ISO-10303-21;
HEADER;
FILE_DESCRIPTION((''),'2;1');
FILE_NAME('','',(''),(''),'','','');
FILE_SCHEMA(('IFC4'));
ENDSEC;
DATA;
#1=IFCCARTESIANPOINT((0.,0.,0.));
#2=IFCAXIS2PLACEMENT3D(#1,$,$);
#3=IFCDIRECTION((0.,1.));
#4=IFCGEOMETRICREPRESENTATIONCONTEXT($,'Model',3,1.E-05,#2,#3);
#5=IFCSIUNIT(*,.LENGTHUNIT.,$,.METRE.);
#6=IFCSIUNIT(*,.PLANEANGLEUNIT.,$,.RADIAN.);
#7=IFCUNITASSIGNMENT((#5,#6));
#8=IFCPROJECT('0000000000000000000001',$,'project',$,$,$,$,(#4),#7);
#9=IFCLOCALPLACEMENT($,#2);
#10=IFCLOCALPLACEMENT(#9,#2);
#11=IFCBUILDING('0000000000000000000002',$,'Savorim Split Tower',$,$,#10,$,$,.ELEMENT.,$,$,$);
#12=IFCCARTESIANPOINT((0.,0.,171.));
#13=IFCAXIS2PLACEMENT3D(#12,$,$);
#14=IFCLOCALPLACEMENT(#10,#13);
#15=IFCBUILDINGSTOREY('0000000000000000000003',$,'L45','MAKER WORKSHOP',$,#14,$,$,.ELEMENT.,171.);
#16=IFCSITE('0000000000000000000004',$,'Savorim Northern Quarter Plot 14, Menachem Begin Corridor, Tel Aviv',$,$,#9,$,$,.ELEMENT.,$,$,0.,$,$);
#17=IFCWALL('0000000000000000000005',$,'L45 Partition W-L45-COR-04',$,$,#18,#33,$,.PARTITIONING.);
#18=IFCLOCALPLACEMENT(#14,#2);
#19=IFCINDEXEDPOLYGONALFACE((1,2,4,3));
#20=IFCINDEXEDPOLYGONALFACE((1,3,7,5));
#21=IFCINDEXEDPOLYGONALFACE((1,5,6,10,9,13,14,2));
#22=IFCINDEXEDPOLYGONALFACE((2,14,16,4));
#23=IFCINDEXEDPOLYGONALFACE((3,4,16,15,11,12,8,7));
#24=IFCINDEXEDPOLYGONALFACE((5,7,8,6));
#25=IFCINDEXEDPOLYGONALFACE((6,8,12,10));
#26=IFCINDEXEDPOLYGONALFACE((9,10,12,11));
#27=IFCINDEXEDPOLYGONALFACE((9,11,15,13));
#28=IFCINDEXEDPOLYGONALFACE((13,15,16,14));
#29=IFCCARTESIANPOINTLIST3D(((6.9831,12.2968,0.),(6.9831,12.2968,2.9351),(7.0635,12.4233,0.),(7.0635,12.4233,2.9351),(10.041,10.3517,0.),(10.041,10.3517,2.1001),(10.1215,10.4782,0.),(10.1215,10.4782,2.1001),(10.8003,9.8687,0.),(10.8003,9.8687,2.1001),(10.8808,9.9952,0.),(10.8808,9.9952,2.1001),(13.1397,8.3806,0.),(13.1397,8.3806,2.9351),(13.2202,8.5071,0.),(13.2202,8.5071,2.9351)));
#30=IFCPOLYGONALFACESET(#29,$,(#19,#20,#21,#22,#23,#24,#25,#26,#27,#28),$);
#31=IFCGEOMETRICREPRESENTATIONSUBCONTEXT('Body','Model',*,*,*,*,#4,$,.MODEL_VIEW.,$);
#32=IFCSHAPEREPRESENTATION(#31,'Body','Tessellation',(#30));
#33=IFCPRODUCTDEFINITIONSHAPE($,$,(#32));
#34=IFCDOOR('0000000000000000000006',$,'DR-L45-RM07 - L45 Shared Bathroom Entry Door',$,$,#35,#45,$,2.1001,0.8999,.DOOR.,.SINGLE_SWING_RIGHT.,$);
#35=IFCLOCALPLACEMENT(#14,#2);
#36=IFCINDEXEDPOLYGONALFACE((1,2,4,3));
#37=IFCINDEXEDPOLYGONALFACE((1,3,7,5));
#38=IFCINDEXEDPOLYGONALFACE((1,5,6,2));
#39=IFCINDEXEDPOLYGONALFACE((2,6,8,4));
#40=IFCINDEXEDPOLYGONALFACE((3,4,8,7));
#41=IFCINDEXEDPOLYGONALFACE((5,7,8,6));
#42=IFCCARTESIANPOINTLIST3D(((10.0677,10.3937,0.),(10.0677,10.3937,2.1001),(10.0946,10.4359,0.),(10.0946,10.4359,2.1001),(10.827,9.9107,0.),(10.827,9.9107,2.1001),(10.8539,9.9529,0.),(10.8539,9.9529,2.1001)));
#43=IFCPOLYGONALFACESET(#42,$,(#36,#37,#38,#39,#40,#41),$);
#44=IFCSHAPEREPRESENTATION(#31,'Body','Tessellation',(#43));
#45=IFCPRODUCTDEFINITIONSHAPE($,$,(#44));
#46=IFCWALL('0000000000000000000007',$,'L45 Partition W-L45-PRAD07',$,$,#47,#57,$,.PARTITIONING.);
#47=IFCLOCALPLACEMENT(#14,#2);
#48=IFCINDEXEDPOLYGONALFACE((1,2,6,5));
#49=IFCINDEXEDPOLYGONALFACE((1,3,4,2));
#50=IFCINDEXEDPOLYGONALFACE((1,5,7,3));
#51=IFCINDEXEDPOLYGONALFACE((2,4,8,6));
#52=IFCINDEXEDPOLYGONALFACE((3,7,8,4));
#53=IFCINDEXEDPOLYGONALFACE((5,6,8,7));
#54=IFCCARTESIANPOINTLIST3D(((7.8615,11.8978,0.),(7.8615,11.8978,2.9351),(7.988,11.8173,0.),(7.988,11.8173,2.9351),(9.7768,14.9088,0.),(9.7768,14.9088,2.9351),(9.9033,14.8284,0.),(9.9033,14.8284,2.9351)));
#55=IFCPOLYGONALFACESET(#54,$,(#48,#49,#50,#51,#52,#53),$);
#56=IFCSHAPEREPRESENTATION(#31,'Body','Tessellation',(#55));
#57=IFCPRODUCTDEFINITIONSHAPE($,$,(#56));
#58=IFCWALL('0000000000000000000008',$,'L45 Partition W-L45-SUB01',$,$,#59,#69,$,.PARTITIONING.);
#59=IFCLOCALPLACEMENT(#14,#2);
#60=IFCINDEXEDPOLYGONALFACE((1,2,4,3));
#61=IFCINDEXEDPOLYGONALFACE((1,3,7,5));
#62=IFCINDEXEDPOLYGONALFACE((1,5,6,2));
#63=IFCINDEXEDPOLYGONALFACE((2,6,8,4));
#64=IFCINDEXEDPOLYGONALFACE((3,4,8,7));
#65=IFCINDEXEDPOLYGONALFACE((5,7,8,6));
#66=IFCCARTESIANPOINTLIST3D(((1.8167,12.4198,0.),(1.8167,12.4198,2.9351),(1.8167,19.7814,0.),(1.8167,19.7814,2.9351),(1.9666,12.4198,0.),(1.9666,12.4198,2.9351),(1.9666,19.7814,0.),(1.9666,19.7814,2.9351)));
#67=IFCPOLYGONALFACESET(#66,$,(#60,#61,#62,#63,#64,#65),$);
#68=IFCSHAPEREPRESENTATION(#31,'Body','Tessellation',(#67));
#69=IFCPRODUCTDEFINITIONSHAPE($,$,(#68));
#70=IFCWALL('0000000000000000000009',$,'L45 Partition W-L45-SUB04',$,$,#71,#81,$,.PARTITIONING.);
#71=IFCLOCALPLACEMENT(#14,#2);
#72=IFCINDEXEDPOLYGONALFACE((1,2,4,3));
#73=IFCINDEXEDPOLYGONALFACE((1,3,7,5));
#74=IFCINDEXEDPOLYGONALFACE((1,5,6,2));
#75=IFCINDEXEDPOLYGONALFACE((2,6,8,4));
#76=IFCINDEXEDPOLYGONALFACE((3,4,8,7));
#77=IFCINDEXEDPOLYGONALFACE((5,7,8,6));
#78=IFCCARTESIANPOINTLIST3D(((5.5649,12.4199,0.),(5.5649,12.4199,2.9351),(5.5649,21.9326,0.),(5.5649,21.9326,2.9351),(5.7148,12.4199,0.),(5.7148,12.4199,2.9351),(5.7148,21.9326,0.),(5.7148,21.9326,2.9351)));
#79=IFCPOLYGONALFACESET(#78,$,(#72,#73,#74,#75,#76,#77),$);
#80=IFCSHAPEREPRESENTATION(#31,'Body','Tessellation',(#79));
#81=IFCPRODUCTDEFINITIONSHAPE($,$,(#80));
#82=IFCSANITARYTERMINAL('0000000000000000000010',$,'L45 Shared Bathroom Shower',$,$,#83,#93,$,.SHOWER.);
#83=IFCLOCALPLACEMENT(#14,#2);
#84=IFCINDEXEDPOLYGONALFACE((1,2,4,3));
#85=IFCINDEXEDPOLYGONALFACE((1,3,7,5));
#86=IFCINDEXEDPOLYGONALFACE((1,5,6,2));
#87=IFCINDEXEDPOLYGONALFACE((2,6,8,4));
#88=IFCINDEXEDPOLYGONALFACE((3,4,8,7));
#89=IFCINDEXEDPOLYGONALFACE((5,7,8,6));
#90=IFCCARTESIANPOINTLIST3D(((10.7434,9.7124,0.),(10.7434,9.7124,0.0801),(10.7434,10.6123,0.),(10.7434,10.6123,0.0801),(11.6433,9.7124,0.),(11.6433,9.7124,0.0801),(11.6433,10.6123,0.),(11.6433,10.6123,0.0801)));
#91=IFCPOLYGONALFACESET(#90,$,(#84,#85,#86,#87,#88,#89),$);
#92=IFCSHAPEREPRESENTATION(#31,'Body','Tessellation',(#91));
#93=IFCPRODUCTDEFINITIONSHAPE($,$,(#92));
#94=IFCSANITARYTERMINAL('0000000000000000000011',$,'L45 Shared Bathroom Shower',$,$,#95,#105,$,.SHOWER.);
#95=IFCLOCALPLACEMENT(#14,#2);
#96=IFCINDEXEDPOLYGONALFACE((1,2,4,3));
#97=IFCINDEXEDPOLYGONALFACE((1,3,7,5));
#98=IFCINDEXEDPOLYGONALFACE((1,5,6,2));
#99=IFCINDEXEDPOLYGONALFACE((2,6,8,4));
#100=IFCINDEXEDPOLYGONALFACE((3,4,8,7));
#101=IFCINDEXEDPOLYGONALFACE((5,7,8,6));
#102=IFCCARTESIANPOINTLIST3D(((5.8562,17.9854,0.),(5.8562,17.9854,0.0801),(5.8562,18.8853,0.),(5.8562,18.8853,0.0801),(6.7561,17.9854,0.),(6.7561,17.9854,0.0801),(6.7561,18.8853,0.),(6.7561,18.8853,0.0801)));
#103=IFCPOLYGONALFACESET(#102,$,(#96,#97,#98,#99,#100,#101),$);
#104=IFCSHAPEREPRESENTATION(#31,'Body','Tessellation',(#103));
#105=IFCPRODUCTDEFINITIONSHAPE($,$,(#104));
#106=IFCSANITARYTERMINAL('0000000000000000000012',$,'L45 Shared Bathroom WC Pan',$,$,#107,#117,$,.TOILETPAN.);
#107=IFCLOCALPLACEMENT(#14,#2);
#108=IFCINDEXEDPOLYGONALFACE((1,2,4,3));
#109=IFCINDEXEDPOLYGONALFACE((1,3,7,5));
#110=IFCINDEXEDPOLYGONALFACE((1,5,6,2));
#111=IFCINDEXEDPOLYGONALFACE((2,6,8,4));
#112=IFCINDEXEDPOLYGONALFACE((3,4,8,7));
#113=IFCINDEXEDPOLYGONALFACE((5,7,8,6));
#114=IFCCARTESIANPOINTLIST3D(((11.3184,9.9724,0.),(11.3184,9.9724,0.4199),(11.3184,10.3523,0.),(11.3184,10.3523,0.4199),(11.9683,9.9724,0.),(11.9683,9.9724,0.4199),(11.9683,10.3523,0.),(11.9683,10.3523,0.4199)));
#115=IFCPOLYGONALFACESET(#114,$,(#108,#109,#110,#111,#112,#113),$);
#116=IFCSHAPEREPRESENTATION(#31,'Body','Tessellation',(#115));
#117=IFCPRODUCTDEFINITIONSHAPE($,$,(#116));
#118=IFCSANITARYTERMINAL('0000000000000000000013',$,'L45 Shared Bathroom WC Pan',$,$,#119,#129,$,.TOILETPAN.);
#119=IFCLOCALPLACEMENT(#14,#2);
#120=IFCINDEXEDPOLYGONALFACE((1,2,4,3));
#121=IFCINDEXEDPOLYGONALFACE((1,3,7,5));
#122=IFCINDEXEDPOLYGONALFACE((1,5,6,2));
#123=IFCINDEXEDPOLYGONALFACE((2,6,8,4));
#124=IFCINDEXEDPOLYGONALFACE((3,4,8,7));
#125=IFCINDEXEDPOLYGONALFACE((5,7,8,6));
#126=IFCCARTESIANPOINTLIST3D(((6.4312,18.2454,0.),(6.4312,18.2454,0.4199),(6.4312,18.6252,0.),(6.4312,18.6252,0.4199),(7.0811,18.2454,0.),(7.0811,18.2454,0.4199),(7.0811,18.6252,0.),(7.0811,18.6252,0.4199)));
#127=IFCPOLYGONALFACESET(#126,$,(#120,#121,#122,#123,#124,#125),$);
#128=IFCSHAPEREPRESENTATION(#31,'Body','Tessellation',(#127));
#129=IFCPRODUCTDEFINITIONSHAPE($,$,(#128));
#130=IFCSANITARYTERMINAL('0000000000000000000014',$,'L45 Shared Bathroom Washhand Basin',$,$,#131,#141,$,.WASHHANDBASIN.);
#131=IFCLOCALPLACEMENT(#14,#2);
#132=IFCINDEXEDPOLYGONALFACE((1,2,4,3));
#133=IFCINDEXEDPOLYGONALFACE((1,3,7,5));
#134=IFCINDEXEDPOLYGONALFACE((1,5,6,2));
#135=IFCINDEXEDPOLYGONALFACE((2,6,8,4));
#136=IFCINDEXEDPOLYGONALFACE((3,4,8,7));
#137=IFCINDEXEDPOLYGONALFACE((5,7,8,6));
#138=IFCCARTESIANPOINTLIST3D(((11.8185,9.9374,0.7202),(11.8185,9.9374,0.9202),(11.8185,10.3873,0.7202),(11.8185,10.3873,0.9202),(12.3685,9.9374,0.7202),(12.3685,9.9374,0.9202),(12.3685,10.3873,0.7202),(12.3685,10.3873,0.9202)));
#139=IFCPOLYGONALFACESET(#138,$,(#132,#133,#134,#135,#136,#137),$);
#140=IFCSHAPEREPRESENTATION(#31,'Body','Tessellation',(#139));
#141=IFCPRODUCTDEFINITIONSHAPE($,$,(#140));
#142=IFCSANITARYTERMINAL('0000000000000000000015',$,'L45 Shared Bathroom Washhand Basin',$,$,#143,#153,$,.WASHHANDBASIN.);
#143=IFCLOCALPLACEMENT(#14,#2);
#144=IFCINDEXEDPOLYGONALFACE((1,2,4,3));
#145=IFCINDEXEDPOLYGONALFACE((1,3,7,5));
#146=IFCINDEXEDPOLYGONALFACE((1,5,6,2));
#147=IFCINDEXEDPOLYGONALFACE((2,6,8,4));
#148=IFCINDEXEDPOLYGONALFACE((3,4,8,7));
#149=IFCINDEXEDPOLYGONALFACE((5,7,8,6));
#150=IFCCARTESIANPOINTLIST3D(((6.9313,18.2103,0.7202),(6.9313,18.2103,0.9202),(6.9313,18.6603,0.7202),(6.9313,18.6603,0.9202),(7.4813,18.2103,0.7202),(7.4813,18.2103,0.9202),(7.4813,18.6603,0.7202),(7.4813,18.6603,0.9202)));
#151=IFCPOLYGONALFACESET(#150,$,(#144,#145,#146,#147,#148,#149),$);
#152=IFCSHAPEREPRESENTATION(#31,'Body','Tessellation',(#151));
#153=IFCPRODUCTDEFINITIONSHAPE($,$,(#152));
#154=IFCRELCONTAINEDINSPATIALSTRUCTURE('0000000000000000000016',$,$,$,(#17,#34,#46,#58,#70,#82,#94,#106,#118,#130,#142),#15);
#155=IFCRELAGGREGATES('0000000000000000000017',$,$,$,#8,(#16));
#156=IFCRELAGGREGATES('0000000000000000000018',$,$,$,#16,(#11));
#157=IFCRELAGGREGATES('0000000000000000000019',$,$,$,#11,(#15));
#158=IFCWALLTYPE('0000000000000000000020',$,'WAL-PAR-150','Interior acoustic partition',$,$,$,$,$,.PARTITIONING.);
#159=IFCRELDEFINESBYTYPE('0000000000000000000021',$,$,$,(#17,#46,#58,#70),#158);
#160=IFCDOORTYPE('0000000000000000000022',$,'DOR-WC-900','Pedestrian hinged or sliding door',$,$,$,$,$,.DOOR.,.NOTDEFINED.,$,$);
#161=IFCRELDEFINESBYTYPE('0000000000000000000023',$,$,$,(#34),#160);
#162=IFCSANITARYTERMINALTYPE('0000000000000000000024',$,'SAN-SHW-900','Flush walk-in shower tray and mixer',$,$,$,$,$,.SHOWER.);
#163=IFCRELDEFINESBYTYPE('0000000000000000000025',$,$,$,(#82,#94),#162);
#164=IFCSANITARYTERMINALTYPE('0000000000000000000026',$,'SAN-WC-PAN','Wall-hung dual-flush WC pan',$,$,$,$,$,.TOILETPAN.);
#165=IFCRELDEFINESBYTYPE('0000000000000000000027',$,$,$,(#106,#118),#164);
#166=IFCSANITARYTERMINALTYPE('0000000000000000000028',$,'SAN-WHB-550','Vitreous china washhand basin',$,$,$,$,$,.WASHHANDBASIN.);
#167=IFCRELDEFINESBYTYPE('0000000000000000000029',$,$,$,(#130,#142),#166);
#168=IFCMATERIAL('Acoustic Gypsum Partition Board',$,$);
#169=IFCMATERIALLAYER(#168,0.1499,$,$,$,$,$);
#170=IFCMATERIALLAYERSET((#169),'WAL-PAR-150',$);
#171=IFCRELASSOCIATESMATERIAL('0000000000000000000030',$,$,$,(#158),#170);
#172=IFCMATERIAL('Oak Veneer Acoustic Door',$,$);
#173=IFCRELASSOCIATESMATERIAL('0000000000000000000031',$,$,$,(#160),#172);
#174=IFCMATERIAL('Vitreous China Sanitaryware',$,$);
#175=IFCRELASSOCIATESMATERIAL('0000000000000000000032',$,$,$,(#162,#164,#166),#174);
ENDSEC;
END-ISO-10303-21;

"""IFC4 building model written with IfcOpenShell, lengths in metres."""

from ifc_helpers import new_model, si_unit, direction, frame, frame_2d, origin, origin_2d, place, context, subcontext, project, spatial, rectangle, extrude, material, layer, layer_set, type_object, element, fill, save


model = new_model("IFC4")

# Units and contexts
model_context = context("Model", 3, precision=1e-05, world=origin(), true_north=direction((0.0, 1.0)))
body_context = subcontext(model_context, "Body", "Model", "MODEL_VIEW")
ifc_project = project(units=[si_unit("LENGTHUNIT", "METRE"), si_unit("PLANEANGLEUNIT", "RADIAN")], contexts=[model_context])

# Site, building, storey
site_placement = place(None, origin())
site = spatial("IfcSite", under=ifc_project, at=site_placement, Name="Savorim Northern Quarter Plot 14, Menachem Begin Corridor, Tel Aviv", CompositionType="ELEMENT", RefElevation=0.0)
building_placement = place(site_placement, origin())
building = spatial("IfcBuilding", under=site, at=building_placement, Name="Savorim Split Tower", CompositionType="ELEMENT")
storey_placement = place(building_placement, frame((0.0, 0.0, 171.0)))
storey = spatial("IfcBuildingStorey", under=building, at=storey_placement, Name="L45", Description="MAKER WORKSHOP", CompositionType="ELEMENT", Elevation=171.0)

# Wall, opening, door
ifc_material_1 = material(Name="Acoustic Gypsum Partition Board")
ifc_layer_1 = layer(ifc_material_1, 0.1499)
ifc_layer_set_1 = layer_set([ifc_layer_1], Name="WAL-PAR-150")
wall_type_1 = type_object("IfcWallType", Name="WAL-PAR-150", Description="Interior acoustic partition", PredefinedType="PARTITIONING", material=ifc_layer_set_1)
wall_1_placement = place(storey_placement, frame((7.0232, 12.3601, 0.0), z_axis=(0.0, 0.0, 1.0), x_axis=(0.843765, -0.536713, 0.0)))
wall_1 = element("IfcWall", 1, at=wall_1_placement, inside=storey, type_object=wall_type_1, Name="L45 Partition W-L45-COR-04", PredefinedType="PARTITIONING", context=body_context, shape_type="SweptSolid", body=[
    extrude(rectangle(XDim=7.2966, YDim=0.1499, at=frame_2d((3.6484, 0.0))), origin(), (0.0, 0.0, 1.0), 2.9351),
])
opening_1_placement = place(wall_1_placement, frame((3.6243, 0.0, 0.0)))
opening_1 = element("IfcOpeningElement", 2, at=opening_1_placement, cuts=wall_1, PredefinedType="OPENING", context=body_context, shape_type="SweptSolid", body=[
    extrude(rectangle(XDim=0.8999, YDim=2.1001, at=frame_2d((0.45, 1.05))), frame((0.0, 0.085, 0.0), z_axis=(0.0, -1.0, 0.0), x_axis=(1.0, 0.0, 0.0)), (0.0, 0.0, 1.0), 0.1699),
])
ifc_material_2 = material(Name="Oak Veneer Acoustic Door")
door_type_1 = type_object("IfcDoorType", Name="DOR-WC-900", Description="Pedestrian hinged or sliding door", OperationType="NOTDEFINED", PredefinedType="DOOR", material=ifc_material_2)
door_1_placement = place(opening_1_placement, origin())
door_1 = element("IfcDoor", 3, at=door_1_placement, inside=storey, type_object=door_type_1, Name="DR-L45-RM07 - L45 Shared Bathroom Entry Door", OperationType="SINGLE_SWING_RIGHT", OverallHeight=2.1001, OverallWidth=0.8999, PredefinedType="DOOR", context=body_context, shape_type="SweptSolid", body=[
    extrude(rectangle(XDim=0.8999, YDim=2.1001, at=frame_2d((0.45, 1.05))), frame((0.0, 0.0249, 0.0), z_axis=(0.0, -1.0, 0.0), x_axis=(1.0, 0.0, 0.0)), (0.0, 0.0, 1.0), 0.05),
])
fill(opening_1, door_1)

# Walls
wall_2_placement = place(storey_placement, frame((7.9248, 11.8577, 0.0), z_axis=(0.0, 0.0, 1.0), x_axis=(0.536716, 0.843763, 0.0)))
element("IfcWall", 4, at=wall_2_placement, inside=storey, type_object=wall_type_1, Name="L45 Partition W-L45-PRAD07", PredefinedType="PARTITIONING", context=body_context, shape_type="SweptSolid", body=[
    extrude(rectangle(XDim=3.5686, YDim=0.1499, at=frame_2d((1.7842, 0.0))), origin(), (0.0, 0.0, 1.0), 2.9351),
])
wall_3_placement = place(storey_placement, frame((1.8916, 12.4199, 0.0), z_axis=(0.0, 0.0, 1.0), x_axis=(0.0, 1.0, 0.0)))
element("IfcWall", 5, at=wall_3_placement, inside=storey, type_object=wall_type_1, Name="L45 Partition W-L45-SUB01", PredefinedType="PARTITIONING", context=body_context, shape_type="SweptSolid", body=[
    extrude(rectangle(XDim=7.3616, YDim=0.1499, at=frame_2d((3.6807, 0.0))), origin(), (0.0, 0.0, 1.0), 2.9351),
])
wall_4_placement = place(storey_placement, frame((5.6399, 12.4199, 0.0), z_axis=(0.0, 0.0, 1.0), x_axis=(0.0, 1.0, 0.0)))
element("IfcWall", 6, at=wall_4_placement, inside=storey, type_object=wall_type_1, Name="L45 Partition W-L45-SUB04", PredefinedType="PARTITIONING", context=body_context, shape_type="SweptSolid", body=[
    extrude(rectangle(XDim=9.5127, YDim=0.1499, at=frame_2d((4.7563, 0.0))), origin(), (0.0, 0.0, 1.0), 2.9351),
])

# Sanitary terminals
ifc_material_3 = material(Name="Vitreous China Sanitaryware")
sanitary_terminal_type_1 = type_object("IfcSanitaryTerminalType", Name="SAN-SHW-900", Description="Flush walk-in shower tray and mixer", PredefinedType="SHOWER", material=ifc_material_3)
for number, where, z_axis, x_axis, name in (
    (7, (11.1934, 10.1624, 0.0), (0.0, 0.0, 1.0), (1.0, 0.0, 0.0), "L45 Shared Bathroom Shower"),
    (8, (6.3062, 18.4353, 0.0), (0.0, 0.0, 1.0), (1.0, 0.0, 0.0), "L45 Shared Bathroom Shower"),
):
    element("IfcSanitaryTerminal", number, at=place(storey_placement, frame(where, z_axis=z_axis, x_axis=x_axis)), inside=storey, type_object=sanitary_terminal_type_1, Name=name, PredefinedType="SHOWER", context=body_context, shape_type="SweptSolid", body=[
        extrude(rectangle(XDim=0.8999, YDim=0.8999, at=origin_2d()), origin(), (0.0, 0.0, 1.0), 0.0801),
    ])
sanitary_terminal_type_2 = type_object("IfcSanitaryTerminalType", Name="SAN-WC-PAN", Description="Wall-hung dual-flush WC pan", PredefinedType="TOILETPAN", material=ifc_material_3)
for number, where, z_axis, x_axis, name in (
    (9, (11.6433, 10.1624, 0.0), (0.0, 0.0, 1.0), (1.0, 0.0, 0.0), "L45 Shared Bathroom WC Pan"),
    (10, (6.7561, 18.4353, 0.0), (0.0, 0.0, 1.0), (1.0, 0.0, 0.0), "L45 Shared Bathroom WC Pan"),
):
    element("IfcSanitaryTerminal", number, at=place(storey_placement, frame(where, z_axis=z_axis, x_axis=x_axis)), inside=storey, type_object=sanitary_terminal_type_2, Name=name, PredefinedType="TOILETPAN", context=body_context, shape_type="SweptSolid", body=[
        extrude(rectangle(XDim=0.6499, YDim=0.3799, at=origin_2d()), origin(), (0.0, 0.0, 1.0), 0.4199),
    ])
sanitary_terminal_type_3 = type_object("IfcSanitaryTerminalType", Name="SAN-WHB-550", Description="Vitreous china washhand basin", PredefinedType="WASHHANDBASIN", material=ifc_material_3)
for number, where, z_axis, x_axis, name in (
    (11, (12.0935, 10.1624, 0.7202), (0.0, 0.0, 1.0), (1.0, 0.0, 0.0), "L45 Shared Bathroom Washhand Basin"),
    (12, (7.2063, 18.4353, 0.7202), (0.0, 0.0, 1.0), (1.0, 0.0, 0.0), "L45 Shared Bathroom Washhand Basin"),
):
    element("IfcSanitaryTerminal", number, at=place(storey_placement, frame(where, z_axis=z_axis, x_axis=x_axis)), inside=storey, type_object=sanitary_terminal_type_3, Name=name, PredefinedType="WASHHANDBASIN", context=body_context, shape_type="SweptSolid", body=[
        extrude(rectangle(XDim=0.55, YDim=0.45, at=origin_2d()), origin(), (0.0, 0.0, 1.0), 0.2),
    ])

save(model, "model.ifc")
